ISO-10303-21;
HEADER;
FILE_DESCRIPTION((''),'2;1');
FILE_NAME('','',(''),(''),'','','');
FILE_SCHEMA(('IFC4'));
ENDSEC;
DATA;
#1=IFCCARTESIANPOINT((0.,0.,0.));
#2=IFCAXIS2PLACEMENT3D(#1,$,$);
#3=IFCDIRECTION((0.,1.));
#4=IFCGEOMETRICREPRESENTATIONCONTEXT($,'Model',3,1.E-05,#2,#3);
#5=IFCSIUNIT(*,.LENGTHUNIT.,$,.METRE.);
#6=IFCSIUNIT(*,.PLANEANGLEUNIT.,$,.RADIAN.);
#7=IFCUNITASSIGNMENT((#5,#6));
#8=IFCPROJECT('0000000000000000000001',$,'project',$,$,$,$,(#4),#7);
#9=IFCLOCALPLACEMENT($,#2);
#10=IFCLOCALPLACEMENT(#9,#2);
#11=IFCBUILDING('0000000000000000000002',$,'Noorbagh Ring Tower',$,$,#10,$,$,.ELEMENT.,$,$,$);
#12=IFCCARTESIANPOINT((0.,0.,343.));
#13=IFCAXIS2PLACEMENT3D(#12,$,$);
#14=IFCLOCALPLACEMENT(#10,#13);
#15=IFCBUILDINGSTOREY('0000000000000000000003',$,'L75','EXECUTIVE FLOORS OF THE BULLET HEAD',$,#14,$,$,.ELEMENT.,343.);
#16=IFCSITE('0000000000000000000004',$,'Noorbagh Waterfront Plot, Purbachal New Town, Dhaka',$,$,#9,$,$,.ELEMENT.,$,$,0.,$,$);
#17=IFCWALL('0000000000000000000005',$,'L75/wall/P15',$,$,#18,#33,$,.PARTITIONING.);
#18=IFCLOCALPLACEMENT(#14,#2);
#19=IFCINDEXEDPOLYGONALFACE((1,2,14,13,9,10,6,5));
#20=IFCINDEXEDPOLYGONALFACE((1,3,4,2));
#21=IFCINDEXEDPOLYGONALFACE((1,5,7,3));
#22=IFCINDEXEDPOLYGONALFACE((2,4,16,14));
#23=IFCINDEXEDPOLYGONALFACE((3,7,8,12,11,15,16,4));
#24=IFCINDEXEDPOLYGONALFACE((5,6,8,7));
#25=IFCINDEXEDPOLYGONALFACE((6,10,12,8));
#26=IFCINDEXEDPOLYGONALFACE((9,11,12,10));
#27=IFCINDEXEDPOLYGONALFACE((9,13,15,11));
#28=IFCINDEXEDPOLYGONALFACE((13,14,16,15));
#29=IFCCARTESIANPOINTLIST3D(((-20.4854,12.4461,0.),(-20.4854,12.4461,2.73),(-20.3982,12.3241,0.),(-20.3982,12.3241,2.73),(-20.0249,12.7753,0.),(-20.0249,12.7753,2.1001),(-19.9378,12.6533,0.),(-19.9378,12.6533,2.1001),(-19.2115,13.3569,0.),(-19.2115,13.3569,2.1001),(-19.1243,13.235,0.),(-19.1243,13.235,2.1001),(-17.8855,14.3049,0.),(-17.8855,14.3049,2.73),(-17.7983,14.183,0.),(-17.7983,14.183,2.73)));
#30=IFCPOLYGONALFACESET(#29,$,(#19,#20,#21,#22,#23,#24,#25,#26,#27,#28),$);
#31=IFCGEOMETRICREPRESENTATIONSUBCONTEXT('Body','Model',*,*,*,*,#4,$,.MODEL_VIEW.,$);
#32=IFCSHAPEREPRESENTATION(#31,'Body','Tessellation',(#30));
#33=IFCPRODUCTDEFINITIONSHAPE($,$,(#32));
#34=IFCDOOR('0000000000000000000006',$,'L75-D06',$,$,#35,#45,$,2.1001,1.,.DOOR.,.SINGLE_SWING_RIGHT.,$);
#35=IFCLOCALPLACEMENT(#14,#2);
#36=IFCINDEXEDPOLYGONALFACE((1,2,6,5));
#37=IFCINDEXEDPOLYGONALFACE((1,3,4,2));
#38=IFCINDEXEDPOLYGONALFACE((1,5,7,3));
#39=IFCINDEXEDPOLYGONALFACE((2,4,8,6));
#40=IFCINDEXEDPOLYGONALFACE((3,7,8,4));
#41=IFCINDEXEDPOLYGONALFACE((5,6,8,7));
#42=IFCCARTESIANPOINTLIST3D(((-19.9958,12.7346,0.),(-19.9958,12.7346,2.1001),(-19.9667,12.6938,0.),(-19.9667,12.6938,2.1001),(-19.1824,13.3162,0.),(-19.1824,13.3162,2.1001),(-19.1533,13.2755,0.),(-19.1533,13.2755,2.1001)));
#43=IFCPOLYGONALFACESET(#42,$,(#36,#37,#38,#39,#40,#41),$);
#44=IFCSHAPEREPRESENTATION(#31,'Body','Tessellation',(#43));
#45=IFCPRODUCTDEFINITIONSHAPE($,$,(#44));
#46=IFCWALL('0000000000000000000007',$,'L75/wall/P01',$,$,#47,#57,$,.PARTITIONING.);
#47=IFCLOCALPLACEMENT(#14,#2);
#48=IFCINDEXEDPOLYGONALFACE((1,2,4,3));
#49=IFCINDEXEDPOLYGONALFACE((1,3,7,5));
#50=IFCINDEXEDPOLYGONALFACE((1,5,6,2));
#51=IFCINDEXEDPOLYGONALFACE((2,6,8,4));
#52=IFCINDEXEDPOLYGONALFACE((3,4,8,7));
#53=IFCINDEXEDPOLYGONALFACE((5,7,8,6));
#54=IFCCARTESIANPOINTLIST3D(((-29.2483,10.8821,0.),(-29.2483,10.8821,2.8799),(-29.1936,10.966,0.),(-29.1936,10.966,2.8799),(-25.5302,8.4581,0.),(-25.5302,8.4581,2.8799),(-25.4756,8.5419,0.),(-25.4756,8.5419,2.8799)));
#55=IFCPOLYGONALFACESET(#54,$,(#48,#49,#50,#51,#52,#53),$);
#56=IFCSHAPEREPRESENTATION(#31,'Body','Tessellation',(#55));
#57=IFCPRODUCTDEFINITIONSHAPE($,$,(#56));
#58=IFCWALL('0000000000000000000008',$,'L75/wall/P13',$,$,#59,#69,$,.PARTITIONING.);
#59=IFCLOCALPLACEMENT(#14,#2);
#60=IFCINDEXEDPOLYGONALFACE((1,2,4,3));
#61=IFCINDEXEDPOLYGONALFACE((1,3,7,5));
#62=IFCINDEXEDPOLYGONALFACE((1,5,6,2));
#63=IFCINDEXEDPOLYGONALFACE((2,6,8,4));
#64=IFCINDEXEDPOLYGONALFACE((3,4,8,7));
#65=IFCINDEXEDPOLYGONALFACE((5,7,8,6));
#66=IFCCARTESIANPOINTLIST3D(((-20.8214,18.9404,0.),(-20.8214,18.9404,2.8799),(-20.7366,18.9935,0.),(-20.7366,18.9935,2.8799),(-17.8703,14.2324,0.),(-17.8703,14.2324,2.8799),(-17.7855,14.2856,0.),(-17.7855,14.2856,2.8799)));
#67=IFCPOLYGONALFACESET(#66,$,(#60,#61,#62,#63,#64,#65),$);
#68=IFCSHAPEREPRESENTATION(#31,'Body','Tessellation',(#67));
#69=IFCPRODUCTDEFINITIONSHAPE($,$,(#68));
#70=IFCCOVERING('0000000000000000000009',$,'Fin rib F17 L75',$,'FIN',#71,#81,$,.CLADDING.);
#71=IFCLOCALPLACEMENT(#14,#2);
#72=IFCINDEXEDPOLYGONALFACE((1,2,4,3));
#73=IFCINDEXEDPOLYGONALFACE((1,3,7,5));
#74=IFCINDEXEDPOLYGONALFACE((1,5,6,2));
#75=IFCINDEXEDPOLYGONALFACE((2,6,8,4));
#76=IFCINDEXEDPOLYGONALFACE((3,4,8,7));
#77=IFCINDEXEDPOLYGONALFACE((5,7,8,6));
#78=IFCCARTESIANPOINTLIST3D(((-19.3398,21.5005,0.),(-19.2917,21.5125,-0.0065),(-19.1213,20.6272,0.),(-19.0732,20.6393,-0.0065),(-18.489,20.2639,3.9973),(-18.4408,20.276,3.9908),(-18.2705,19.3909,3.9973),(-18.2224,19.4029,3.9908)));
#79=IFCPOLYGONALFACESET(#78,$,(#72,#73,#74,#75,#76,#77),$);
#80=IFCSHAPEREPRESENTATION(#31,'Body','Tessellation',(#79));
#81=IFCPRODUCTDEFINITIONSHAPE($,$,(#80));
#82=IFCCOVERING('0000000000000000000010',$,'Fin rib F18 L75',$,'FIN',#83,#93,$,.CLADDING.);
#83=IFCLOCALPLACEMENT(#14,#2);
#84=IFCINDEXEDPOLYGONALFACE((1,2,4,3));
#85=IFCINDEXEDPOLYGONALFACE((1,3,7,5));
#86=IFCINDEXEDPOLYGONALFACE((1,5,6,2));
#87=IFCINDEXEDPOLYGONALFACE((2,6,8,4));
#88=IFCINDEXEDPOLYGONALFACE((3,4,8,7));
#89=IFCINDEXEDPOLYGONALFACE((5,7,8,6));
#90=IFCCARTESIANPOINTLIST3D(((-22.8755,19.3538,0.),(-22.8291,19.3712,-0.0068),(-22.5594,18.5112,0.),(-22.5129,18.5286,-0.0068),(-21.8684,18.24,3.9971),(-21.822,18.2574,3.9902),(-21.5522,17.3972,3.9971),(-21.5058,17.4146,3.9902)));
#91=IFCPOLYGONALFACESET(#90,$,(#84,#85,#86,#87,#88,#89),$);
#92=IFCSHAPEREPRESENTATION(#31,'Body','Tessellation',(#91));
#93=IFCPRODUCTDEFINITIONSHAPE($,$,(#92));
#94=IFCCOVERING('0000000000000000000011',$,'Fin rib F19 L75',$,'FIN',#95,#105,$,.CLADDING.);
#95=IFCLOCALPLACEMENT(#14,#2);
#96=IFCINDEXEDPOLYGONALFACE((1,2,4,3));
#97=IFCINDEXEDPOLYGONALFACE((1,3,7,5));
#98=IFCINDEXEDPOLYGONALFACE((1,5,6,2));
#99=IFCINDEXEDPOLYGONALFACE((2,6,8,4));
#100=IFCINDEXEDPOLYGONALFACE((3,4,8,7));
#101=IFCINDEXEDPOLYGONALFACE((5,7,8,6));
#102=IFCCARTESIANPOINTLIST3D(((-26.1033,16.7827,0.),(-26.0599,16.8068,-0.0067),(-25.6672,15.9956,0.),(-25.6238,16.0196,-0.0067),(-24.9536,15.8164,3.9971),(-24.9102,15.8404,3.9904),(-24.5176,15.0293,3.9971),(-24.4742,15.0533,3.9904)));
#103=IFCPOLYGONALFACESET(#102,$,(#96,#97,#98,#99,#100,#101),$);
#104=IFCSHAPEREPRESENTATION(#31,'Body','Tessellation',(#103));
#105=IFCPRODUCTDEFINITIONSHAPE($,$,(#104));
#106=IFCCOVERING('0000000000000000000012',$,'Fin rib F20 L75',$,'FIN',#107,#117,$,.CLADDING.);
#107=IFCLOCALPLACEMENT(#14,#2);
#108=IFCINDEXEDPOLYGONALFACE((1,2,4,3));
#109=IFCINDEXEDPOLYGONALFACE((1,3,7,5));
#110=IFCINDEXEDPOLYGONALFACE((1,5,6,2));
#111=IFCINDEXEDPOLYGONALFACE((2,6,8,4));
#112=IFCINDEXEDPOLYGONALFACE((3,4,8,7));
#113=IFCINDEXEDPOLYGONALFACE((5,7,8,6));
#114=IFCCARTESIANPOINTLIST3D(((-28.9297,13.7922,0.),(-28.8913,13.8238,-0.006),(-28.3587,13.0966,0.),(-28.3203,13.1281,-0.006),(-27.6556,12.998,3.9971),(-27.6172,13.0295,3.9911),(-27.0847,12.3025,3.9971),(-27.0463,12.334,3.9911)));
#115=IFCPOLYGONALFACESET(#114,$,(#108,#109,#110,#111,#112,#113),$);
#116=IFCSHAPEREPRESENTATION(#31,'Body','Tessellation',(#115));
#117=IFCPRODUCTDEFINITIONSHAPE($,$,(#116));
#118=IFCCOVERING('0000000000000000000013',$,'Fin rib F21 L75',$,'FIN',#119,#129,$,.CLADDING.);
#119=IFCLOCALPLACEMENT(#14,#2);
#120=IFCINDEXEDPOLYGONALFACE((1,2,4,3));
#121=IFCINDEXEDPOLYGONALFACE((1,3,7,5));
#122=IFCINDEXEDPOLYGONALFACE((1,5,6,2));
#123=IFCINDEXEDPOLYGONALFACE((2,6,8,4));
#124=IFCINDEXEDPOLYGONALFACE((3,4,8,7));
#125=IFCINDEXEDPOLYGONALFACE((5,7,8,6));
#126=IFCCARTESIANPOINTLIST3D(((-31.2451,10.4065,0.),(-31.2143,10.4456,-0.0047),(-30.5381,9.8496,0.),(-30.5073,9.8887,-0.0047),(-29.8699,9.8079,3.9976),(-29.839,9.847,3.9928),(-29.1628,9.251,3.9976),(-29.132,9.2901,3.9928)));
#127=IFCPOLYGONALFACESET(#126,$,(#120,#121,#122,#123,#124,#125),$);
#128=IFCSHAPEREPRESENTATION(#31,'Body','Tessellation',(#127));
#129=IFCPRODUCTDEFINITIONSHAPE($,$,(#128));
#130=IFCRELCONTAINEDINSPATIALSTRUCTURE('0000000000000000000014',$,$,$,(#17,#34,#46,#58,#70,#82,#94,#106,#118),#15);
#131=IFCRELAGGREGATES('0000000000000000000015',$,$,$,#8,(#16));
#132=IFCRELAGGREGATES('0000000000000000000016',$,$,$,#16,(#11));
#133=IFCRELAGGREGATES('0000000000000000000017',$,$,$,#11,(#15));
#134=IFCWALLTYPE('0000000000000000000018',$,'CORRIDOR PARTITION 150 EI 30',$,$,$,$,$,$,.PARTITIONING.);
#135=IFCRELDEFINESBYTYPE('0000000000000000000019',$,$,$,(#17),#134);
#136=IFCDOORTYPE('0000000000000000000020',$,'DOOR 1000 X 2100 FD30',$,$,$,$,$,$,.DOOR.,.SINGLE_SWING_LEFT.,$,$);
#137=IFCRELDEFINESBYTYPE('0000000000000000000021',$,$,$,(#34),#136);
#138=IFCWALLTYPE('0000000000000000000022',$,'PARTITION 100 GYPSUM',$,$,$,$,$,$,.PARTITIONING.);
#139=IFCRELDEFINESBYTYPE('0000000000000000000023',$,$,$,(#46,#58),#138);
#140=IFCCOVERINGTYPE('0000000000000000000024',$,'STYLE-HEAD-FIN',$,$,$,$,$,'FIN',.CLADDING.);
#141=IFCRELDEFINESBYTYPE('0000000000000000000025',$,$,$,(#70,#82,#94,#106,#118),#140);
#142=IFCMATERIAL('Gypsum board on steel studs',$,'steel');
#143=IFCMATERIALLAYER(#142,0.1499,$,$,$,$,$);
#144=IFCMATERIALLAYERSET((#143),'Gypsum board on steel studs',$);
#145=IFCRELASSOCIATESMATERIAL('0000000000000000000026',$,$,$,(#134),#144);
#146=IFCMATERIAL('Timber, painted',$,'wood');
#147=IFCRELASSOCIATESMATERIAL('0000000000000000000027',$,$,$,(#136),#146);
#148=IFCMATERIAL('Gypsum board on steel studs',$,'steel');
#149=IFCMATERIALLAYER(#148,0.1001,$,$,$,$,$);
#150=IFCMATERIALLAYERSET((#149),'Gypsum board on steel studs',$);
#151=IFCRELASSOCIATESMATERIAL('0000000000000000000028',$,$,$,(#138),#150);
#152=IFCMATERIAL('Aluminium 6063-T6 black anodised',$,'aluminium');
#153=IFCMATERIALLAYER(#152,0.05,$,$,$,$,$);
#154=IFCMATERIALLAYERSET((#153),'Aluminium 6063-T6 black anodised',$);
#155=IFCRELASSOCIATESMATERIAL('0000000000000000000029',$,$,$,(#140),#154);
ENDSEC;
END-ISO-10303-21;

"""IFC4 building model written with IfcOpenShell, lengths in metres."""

from ifc_helpers import new_model, si_unit, direction, frame, frame_2d, origin, place, context, subcontext, project, spatial, polyline, rectangle, outline, extrude, material, layer, layer_set, type_object, element, fill, save


model = new_model("IFC4")

# Units and contexts
model_context = context("Model", 3, precision=1e-05, world=origin(), true_north=direction((0.0, 1.0)))
body_context = subcontext(model_context, "Body", "Model", "MODEL_VIEW")
ifc_project = project(units=[si_unit("LENGTHUNIT", "METRE"), si_unit("PLANEANGLEUNIT", "RADIAN")], contexts=[model_context])

# Site, building, storey
site_placement = place(None, origin())
site = spatial("IfcSite", under=ifc_project, at=site_placement, Name="Noorbagh Waterfront Plot, Purbachal New Town, Dhaka", CompositionType="ELEMENT", RefElevation=0.0)
building_placement = place(site_placement, origin())
building = spatial("IfcBuilding", under=site, at=building_placement, Name="Noorbagh Ring Tower", CompositionType="ELEMENT")
storey_placement = place(building_placement, frame((0.0, 0.0, 343.0)))
storey = spatial("IfcBuildingStorey", under=building, at=storey_placement, Name="L75", Description="EXECUTIVE FLOORS OF THE BULLET HEAD", CompositionType="ELEMENT", Elevation=343.0)

# Shared definitions
ifc_material_1 = material(Name="Gypsum board on steel studs", Category="steel")
ifc_layer_1 = layer(ifc_material_1, 0.1499)
ifc_layer_set_1 = layer_set([ifc_layer_1], Name="Gypsum board on steel studs")
wall_type_1 = type_object("IfcWallType", Name="CORRIDOR PARTITION 150 EI 30", PredefinedType="PARTITIONING", material=ifc_layer_set_1)

# Wall, opening, door
wall_1_placement = place(storey_placement, frame((-20.4419, 12.385, 0.0), z_axis=(0.0, 0.0, 1.0), x_axis=(0.81346, 0.581621, 0.0)))
wall_1 = element("IfcWall", 1, at=wall_1_placement, inside=storey, type_object=wall_type_1, Name="L75/wall/P15", PredefinedType="PARTITIONING", context=body_context, shape_type="SweptSolid", body=[
    extrude(rectangle(XDim=3.196, YDim=0.1499, at=frame_2d((1.5981, 0.0))), origin(), (0.0, 0.0, 1.0), 2.73),
])
opening_placement = place(wall_1_placement, frame((0.5662, 0.0, 0.0)))
opening = element("IfcOpeningElement", 2, at=opening_placement, cuts=wall_1, PredefinedType="OPENING", context=body_context, shape_type="SweptSolid", body=[
    extrude(rectangle(XDim=1.0, YDim=2.1001, at=frame_2d((0.5, 1.05))), frame((0.0, 0.085, 0.0), z_axis=(0.0, -1.0, 0.0), x_axis=(1.0, 0.0, 0.0)), (0.0, 0.0, 1.0), 0.1699),
])
ifc_material_2 = material(Name="Timber, painted", Category="wood")
door_type = type_object("IfcDoorType", Name="DOOR 1000 X 2100 FD30", OperationType="SINGLE_SWING_LEFT", PredefinedType="DOOR", material=ifc_material_2)
door_placement = place(opening_placement, origin())
door = element("IfcDoor", 3, at=door_placement, inside=storey, type_object=door_type, Name="L75-D06", OperationType="SINGLE_SWING_RIGHT", OverallHeight=2.1001, OverallWidth=1.0, PredefinedType="DOOR", context=body_context, shape_type="SweptSolid", body=[
    extrude(rectangle(XDim=1.0, YDim=2.1001, at=frame_2d((0.5, 1.05))), frame((0.0, 0.0249, 0.0), z_axis=(0.0, -1.0, 0.0), x_axis=(1.0, 0.0, 0.0)), (0.0, 0.0, 1.0), 0.05),
])
fill(opening, door)

# Walls
ifc_material_3 = material(Name="Gypsum board on steel studs", Category="steel")
ifc_layer_2 = layer(ifc_material_3, 0.1001)
ifc_layer_set_2 = layer_set([ifc_layer_2], Name="Gypsum board on steel studs")
wall_type_2 = type_object("IfcWallType", Name="PARTITION 100 GYPSUM", PredefinedType="PARTITIONING", material=ifc_layer_set_2)
wall_2_placement = place(storey_placement, frame((-29.2209, 10.9241, 0.0), z_axis=(0.0, 0.0, 1.0), x_axis=(0.837685, -0.546154, 0.0)))
element("IfcWall", 4, at=wall_2_placement, inside=storey, type_object=wall_type_2, Name="L75/wall/P01", PredefinedType="PARTITIONING", context=body_context, shape_type="SweptSolid", body=[
    extrude(rectangle(XDim=4.4385, YDim=0.1001, at=frame_2d((2.2192, 0.0))), origin(), (0.0, 0.0, 1.0), 2.8799),
])
wall_3_placement = place(storey_placement, frame((-20.7791, 18.967, 0.0), z_axis=(0.0, 0.0, 1.0), x_axis=(0.53112, -0.847297, 0.0)))
element("IfcWall", 5, at=wall_3_placement, inside=storey, type_object=wall_type_2, Name="L75/wall/P13", PredefinedType="PARTITIONING", context=body_context, shape_type="SweptSolid", body=[
    extrude(rectangle(XDim=5.5564, YDim=0.1001, at=frame_2d((2.7783, 0.0))), origin(), (0.0, 0.0, 1.0), 2.8799),
])

# Coverings
ifc_material_4 = material(Name="Aluminium 6063-T6 black anodised", Category="aluminium")
ifc_layer_3 = layer(ifc_material_4, 0.05)
ifc_layer_set_3 = layer_set([ifc_layer_3], Name="Aluminium 6063-T6 black anodised")
covering_type_1 = type_object("IfcCoveringType", Name="STYLE-HEAD-FIN", ElementType="FIN", PredefinedType="CLADDING", material=ifc_layer_set_3)
covering_1_placement = place(storey_placement, frame((-19.3398, 21.5005, 0.0), z_axis=(-0.96182, -0.24069, 0.130273), x_axis=(0.199272, -0.289604, 0.936173)))
element("IfcCovering", 6, at=covering_1_placement, inside=storey, type_object=covering_type_1, Name="Fin rib F17 L75", ObjectType="FIN", PredefinedType="CLADDING", context=body_context, shape_type="SweptSolid", body=[
    extrude(outline(polyline([(0.0, 0.0), (4.2698, 0.0), (4.5662, -0.8498), (0.2965, -0.85), (0.0, 0.0)])), origin(), (0.0, 0.0, -1.0), 0.05),
])
covering_2_placement = place(storey_placement, frame((-22.8755, 19.3538, 0.0), z_axis=(-0.927478, -0.347989, 0.136706), x_axis=(0.235851, -0.260851, 0.936125)))
element("IfcCovering", 7, at=covering_2_placement, inside=storey, type_object=covering_type_1, Name="Fin rib F18 L75", ObjectType="FIN", PredefinedType="CLADDING", context=body_context, shape_type="SweptSolid", body=[
    extrude(outline(polyline([(0.0, 0.0), (4.2698, 0.0), (4.5642, -0.8506), (0.2943, -0.8504), (0.0, 0.0)])), origin(), (0.0, 0.0, -1.0), 0.05),
])
covering_3_placement = place(storey_placement, frame((-26.1033, 16.7827, 0.0), z_axis=(-0.866945, -0.480262, 0.13325), x_axis=(0.269247, -0.226307, 0.936104)))
element("IfcCovering", 8, at=covering_3_placement, inside=storey, type_object=covering_type_1, Name="Fin rib F19 L75", ObjectType="FIN", PredefinedType="CLADDING", context=body_context, shape_type="SweptSolid", body=[
    extrude(outline(polyline([(0.0, 0.0), (4.2699, 0.0), (4.5654, -0.8499), (0.2955, -0.8499), (0.0, 0.0)])), origin(), (0.0, 0.0, -1.0), 0.05),
])
covering_4_placement = place(storey_placement, frame((-28.9297, 13.7922, 0.0), z_axis=(-0.767425, -0.629913, 0.119454), x_axis=(0.298401, -0.186017, 0.936138)))
element("IfcCovering", 9, at=covering_4_placement, inside=storey, type_object=covering_type_1, Name="Fin rib F20 L75", ObjectType="FIN", PredefinedType="CLADDING", context=body_context, shape_type="SweptSolid", body=[
    extrude(outline(polyline([(0.0, 0.0), (4.2698, 0.0), (4.5695, -0.8484), (0.2998, -0.8485), (0.0, 0.0)])), origin(), (0.0, 0.0, -1.0), 0.05),
])
covering_5_placement = place(storey_placement, frame((-31.2451, 10.4065, 0.0), z_axis=(-0.615969, -0.782046, 0.094795), x_axis=(0.322096, -0.140206, 0.936267)))
element("IfcCovering", 10, at=covering_5_placement, inside=storey, type_object=covering_type_1, Name="Fin rib F21 L75", ObjectType="FIN", PredefinedType="CLADDING", context=body_context, shape_type="SweptSolid", body=[
    extrude(outline(polyline([(0.0, 0.0), (4.2697, 0.0), (4.5755, -0.8465), (0.3058, -0.8465), (0.0, 0.0)])), origin(), (0.0, 0.0, -1.0), 0.05),
])

save(model, "model.ifc")
